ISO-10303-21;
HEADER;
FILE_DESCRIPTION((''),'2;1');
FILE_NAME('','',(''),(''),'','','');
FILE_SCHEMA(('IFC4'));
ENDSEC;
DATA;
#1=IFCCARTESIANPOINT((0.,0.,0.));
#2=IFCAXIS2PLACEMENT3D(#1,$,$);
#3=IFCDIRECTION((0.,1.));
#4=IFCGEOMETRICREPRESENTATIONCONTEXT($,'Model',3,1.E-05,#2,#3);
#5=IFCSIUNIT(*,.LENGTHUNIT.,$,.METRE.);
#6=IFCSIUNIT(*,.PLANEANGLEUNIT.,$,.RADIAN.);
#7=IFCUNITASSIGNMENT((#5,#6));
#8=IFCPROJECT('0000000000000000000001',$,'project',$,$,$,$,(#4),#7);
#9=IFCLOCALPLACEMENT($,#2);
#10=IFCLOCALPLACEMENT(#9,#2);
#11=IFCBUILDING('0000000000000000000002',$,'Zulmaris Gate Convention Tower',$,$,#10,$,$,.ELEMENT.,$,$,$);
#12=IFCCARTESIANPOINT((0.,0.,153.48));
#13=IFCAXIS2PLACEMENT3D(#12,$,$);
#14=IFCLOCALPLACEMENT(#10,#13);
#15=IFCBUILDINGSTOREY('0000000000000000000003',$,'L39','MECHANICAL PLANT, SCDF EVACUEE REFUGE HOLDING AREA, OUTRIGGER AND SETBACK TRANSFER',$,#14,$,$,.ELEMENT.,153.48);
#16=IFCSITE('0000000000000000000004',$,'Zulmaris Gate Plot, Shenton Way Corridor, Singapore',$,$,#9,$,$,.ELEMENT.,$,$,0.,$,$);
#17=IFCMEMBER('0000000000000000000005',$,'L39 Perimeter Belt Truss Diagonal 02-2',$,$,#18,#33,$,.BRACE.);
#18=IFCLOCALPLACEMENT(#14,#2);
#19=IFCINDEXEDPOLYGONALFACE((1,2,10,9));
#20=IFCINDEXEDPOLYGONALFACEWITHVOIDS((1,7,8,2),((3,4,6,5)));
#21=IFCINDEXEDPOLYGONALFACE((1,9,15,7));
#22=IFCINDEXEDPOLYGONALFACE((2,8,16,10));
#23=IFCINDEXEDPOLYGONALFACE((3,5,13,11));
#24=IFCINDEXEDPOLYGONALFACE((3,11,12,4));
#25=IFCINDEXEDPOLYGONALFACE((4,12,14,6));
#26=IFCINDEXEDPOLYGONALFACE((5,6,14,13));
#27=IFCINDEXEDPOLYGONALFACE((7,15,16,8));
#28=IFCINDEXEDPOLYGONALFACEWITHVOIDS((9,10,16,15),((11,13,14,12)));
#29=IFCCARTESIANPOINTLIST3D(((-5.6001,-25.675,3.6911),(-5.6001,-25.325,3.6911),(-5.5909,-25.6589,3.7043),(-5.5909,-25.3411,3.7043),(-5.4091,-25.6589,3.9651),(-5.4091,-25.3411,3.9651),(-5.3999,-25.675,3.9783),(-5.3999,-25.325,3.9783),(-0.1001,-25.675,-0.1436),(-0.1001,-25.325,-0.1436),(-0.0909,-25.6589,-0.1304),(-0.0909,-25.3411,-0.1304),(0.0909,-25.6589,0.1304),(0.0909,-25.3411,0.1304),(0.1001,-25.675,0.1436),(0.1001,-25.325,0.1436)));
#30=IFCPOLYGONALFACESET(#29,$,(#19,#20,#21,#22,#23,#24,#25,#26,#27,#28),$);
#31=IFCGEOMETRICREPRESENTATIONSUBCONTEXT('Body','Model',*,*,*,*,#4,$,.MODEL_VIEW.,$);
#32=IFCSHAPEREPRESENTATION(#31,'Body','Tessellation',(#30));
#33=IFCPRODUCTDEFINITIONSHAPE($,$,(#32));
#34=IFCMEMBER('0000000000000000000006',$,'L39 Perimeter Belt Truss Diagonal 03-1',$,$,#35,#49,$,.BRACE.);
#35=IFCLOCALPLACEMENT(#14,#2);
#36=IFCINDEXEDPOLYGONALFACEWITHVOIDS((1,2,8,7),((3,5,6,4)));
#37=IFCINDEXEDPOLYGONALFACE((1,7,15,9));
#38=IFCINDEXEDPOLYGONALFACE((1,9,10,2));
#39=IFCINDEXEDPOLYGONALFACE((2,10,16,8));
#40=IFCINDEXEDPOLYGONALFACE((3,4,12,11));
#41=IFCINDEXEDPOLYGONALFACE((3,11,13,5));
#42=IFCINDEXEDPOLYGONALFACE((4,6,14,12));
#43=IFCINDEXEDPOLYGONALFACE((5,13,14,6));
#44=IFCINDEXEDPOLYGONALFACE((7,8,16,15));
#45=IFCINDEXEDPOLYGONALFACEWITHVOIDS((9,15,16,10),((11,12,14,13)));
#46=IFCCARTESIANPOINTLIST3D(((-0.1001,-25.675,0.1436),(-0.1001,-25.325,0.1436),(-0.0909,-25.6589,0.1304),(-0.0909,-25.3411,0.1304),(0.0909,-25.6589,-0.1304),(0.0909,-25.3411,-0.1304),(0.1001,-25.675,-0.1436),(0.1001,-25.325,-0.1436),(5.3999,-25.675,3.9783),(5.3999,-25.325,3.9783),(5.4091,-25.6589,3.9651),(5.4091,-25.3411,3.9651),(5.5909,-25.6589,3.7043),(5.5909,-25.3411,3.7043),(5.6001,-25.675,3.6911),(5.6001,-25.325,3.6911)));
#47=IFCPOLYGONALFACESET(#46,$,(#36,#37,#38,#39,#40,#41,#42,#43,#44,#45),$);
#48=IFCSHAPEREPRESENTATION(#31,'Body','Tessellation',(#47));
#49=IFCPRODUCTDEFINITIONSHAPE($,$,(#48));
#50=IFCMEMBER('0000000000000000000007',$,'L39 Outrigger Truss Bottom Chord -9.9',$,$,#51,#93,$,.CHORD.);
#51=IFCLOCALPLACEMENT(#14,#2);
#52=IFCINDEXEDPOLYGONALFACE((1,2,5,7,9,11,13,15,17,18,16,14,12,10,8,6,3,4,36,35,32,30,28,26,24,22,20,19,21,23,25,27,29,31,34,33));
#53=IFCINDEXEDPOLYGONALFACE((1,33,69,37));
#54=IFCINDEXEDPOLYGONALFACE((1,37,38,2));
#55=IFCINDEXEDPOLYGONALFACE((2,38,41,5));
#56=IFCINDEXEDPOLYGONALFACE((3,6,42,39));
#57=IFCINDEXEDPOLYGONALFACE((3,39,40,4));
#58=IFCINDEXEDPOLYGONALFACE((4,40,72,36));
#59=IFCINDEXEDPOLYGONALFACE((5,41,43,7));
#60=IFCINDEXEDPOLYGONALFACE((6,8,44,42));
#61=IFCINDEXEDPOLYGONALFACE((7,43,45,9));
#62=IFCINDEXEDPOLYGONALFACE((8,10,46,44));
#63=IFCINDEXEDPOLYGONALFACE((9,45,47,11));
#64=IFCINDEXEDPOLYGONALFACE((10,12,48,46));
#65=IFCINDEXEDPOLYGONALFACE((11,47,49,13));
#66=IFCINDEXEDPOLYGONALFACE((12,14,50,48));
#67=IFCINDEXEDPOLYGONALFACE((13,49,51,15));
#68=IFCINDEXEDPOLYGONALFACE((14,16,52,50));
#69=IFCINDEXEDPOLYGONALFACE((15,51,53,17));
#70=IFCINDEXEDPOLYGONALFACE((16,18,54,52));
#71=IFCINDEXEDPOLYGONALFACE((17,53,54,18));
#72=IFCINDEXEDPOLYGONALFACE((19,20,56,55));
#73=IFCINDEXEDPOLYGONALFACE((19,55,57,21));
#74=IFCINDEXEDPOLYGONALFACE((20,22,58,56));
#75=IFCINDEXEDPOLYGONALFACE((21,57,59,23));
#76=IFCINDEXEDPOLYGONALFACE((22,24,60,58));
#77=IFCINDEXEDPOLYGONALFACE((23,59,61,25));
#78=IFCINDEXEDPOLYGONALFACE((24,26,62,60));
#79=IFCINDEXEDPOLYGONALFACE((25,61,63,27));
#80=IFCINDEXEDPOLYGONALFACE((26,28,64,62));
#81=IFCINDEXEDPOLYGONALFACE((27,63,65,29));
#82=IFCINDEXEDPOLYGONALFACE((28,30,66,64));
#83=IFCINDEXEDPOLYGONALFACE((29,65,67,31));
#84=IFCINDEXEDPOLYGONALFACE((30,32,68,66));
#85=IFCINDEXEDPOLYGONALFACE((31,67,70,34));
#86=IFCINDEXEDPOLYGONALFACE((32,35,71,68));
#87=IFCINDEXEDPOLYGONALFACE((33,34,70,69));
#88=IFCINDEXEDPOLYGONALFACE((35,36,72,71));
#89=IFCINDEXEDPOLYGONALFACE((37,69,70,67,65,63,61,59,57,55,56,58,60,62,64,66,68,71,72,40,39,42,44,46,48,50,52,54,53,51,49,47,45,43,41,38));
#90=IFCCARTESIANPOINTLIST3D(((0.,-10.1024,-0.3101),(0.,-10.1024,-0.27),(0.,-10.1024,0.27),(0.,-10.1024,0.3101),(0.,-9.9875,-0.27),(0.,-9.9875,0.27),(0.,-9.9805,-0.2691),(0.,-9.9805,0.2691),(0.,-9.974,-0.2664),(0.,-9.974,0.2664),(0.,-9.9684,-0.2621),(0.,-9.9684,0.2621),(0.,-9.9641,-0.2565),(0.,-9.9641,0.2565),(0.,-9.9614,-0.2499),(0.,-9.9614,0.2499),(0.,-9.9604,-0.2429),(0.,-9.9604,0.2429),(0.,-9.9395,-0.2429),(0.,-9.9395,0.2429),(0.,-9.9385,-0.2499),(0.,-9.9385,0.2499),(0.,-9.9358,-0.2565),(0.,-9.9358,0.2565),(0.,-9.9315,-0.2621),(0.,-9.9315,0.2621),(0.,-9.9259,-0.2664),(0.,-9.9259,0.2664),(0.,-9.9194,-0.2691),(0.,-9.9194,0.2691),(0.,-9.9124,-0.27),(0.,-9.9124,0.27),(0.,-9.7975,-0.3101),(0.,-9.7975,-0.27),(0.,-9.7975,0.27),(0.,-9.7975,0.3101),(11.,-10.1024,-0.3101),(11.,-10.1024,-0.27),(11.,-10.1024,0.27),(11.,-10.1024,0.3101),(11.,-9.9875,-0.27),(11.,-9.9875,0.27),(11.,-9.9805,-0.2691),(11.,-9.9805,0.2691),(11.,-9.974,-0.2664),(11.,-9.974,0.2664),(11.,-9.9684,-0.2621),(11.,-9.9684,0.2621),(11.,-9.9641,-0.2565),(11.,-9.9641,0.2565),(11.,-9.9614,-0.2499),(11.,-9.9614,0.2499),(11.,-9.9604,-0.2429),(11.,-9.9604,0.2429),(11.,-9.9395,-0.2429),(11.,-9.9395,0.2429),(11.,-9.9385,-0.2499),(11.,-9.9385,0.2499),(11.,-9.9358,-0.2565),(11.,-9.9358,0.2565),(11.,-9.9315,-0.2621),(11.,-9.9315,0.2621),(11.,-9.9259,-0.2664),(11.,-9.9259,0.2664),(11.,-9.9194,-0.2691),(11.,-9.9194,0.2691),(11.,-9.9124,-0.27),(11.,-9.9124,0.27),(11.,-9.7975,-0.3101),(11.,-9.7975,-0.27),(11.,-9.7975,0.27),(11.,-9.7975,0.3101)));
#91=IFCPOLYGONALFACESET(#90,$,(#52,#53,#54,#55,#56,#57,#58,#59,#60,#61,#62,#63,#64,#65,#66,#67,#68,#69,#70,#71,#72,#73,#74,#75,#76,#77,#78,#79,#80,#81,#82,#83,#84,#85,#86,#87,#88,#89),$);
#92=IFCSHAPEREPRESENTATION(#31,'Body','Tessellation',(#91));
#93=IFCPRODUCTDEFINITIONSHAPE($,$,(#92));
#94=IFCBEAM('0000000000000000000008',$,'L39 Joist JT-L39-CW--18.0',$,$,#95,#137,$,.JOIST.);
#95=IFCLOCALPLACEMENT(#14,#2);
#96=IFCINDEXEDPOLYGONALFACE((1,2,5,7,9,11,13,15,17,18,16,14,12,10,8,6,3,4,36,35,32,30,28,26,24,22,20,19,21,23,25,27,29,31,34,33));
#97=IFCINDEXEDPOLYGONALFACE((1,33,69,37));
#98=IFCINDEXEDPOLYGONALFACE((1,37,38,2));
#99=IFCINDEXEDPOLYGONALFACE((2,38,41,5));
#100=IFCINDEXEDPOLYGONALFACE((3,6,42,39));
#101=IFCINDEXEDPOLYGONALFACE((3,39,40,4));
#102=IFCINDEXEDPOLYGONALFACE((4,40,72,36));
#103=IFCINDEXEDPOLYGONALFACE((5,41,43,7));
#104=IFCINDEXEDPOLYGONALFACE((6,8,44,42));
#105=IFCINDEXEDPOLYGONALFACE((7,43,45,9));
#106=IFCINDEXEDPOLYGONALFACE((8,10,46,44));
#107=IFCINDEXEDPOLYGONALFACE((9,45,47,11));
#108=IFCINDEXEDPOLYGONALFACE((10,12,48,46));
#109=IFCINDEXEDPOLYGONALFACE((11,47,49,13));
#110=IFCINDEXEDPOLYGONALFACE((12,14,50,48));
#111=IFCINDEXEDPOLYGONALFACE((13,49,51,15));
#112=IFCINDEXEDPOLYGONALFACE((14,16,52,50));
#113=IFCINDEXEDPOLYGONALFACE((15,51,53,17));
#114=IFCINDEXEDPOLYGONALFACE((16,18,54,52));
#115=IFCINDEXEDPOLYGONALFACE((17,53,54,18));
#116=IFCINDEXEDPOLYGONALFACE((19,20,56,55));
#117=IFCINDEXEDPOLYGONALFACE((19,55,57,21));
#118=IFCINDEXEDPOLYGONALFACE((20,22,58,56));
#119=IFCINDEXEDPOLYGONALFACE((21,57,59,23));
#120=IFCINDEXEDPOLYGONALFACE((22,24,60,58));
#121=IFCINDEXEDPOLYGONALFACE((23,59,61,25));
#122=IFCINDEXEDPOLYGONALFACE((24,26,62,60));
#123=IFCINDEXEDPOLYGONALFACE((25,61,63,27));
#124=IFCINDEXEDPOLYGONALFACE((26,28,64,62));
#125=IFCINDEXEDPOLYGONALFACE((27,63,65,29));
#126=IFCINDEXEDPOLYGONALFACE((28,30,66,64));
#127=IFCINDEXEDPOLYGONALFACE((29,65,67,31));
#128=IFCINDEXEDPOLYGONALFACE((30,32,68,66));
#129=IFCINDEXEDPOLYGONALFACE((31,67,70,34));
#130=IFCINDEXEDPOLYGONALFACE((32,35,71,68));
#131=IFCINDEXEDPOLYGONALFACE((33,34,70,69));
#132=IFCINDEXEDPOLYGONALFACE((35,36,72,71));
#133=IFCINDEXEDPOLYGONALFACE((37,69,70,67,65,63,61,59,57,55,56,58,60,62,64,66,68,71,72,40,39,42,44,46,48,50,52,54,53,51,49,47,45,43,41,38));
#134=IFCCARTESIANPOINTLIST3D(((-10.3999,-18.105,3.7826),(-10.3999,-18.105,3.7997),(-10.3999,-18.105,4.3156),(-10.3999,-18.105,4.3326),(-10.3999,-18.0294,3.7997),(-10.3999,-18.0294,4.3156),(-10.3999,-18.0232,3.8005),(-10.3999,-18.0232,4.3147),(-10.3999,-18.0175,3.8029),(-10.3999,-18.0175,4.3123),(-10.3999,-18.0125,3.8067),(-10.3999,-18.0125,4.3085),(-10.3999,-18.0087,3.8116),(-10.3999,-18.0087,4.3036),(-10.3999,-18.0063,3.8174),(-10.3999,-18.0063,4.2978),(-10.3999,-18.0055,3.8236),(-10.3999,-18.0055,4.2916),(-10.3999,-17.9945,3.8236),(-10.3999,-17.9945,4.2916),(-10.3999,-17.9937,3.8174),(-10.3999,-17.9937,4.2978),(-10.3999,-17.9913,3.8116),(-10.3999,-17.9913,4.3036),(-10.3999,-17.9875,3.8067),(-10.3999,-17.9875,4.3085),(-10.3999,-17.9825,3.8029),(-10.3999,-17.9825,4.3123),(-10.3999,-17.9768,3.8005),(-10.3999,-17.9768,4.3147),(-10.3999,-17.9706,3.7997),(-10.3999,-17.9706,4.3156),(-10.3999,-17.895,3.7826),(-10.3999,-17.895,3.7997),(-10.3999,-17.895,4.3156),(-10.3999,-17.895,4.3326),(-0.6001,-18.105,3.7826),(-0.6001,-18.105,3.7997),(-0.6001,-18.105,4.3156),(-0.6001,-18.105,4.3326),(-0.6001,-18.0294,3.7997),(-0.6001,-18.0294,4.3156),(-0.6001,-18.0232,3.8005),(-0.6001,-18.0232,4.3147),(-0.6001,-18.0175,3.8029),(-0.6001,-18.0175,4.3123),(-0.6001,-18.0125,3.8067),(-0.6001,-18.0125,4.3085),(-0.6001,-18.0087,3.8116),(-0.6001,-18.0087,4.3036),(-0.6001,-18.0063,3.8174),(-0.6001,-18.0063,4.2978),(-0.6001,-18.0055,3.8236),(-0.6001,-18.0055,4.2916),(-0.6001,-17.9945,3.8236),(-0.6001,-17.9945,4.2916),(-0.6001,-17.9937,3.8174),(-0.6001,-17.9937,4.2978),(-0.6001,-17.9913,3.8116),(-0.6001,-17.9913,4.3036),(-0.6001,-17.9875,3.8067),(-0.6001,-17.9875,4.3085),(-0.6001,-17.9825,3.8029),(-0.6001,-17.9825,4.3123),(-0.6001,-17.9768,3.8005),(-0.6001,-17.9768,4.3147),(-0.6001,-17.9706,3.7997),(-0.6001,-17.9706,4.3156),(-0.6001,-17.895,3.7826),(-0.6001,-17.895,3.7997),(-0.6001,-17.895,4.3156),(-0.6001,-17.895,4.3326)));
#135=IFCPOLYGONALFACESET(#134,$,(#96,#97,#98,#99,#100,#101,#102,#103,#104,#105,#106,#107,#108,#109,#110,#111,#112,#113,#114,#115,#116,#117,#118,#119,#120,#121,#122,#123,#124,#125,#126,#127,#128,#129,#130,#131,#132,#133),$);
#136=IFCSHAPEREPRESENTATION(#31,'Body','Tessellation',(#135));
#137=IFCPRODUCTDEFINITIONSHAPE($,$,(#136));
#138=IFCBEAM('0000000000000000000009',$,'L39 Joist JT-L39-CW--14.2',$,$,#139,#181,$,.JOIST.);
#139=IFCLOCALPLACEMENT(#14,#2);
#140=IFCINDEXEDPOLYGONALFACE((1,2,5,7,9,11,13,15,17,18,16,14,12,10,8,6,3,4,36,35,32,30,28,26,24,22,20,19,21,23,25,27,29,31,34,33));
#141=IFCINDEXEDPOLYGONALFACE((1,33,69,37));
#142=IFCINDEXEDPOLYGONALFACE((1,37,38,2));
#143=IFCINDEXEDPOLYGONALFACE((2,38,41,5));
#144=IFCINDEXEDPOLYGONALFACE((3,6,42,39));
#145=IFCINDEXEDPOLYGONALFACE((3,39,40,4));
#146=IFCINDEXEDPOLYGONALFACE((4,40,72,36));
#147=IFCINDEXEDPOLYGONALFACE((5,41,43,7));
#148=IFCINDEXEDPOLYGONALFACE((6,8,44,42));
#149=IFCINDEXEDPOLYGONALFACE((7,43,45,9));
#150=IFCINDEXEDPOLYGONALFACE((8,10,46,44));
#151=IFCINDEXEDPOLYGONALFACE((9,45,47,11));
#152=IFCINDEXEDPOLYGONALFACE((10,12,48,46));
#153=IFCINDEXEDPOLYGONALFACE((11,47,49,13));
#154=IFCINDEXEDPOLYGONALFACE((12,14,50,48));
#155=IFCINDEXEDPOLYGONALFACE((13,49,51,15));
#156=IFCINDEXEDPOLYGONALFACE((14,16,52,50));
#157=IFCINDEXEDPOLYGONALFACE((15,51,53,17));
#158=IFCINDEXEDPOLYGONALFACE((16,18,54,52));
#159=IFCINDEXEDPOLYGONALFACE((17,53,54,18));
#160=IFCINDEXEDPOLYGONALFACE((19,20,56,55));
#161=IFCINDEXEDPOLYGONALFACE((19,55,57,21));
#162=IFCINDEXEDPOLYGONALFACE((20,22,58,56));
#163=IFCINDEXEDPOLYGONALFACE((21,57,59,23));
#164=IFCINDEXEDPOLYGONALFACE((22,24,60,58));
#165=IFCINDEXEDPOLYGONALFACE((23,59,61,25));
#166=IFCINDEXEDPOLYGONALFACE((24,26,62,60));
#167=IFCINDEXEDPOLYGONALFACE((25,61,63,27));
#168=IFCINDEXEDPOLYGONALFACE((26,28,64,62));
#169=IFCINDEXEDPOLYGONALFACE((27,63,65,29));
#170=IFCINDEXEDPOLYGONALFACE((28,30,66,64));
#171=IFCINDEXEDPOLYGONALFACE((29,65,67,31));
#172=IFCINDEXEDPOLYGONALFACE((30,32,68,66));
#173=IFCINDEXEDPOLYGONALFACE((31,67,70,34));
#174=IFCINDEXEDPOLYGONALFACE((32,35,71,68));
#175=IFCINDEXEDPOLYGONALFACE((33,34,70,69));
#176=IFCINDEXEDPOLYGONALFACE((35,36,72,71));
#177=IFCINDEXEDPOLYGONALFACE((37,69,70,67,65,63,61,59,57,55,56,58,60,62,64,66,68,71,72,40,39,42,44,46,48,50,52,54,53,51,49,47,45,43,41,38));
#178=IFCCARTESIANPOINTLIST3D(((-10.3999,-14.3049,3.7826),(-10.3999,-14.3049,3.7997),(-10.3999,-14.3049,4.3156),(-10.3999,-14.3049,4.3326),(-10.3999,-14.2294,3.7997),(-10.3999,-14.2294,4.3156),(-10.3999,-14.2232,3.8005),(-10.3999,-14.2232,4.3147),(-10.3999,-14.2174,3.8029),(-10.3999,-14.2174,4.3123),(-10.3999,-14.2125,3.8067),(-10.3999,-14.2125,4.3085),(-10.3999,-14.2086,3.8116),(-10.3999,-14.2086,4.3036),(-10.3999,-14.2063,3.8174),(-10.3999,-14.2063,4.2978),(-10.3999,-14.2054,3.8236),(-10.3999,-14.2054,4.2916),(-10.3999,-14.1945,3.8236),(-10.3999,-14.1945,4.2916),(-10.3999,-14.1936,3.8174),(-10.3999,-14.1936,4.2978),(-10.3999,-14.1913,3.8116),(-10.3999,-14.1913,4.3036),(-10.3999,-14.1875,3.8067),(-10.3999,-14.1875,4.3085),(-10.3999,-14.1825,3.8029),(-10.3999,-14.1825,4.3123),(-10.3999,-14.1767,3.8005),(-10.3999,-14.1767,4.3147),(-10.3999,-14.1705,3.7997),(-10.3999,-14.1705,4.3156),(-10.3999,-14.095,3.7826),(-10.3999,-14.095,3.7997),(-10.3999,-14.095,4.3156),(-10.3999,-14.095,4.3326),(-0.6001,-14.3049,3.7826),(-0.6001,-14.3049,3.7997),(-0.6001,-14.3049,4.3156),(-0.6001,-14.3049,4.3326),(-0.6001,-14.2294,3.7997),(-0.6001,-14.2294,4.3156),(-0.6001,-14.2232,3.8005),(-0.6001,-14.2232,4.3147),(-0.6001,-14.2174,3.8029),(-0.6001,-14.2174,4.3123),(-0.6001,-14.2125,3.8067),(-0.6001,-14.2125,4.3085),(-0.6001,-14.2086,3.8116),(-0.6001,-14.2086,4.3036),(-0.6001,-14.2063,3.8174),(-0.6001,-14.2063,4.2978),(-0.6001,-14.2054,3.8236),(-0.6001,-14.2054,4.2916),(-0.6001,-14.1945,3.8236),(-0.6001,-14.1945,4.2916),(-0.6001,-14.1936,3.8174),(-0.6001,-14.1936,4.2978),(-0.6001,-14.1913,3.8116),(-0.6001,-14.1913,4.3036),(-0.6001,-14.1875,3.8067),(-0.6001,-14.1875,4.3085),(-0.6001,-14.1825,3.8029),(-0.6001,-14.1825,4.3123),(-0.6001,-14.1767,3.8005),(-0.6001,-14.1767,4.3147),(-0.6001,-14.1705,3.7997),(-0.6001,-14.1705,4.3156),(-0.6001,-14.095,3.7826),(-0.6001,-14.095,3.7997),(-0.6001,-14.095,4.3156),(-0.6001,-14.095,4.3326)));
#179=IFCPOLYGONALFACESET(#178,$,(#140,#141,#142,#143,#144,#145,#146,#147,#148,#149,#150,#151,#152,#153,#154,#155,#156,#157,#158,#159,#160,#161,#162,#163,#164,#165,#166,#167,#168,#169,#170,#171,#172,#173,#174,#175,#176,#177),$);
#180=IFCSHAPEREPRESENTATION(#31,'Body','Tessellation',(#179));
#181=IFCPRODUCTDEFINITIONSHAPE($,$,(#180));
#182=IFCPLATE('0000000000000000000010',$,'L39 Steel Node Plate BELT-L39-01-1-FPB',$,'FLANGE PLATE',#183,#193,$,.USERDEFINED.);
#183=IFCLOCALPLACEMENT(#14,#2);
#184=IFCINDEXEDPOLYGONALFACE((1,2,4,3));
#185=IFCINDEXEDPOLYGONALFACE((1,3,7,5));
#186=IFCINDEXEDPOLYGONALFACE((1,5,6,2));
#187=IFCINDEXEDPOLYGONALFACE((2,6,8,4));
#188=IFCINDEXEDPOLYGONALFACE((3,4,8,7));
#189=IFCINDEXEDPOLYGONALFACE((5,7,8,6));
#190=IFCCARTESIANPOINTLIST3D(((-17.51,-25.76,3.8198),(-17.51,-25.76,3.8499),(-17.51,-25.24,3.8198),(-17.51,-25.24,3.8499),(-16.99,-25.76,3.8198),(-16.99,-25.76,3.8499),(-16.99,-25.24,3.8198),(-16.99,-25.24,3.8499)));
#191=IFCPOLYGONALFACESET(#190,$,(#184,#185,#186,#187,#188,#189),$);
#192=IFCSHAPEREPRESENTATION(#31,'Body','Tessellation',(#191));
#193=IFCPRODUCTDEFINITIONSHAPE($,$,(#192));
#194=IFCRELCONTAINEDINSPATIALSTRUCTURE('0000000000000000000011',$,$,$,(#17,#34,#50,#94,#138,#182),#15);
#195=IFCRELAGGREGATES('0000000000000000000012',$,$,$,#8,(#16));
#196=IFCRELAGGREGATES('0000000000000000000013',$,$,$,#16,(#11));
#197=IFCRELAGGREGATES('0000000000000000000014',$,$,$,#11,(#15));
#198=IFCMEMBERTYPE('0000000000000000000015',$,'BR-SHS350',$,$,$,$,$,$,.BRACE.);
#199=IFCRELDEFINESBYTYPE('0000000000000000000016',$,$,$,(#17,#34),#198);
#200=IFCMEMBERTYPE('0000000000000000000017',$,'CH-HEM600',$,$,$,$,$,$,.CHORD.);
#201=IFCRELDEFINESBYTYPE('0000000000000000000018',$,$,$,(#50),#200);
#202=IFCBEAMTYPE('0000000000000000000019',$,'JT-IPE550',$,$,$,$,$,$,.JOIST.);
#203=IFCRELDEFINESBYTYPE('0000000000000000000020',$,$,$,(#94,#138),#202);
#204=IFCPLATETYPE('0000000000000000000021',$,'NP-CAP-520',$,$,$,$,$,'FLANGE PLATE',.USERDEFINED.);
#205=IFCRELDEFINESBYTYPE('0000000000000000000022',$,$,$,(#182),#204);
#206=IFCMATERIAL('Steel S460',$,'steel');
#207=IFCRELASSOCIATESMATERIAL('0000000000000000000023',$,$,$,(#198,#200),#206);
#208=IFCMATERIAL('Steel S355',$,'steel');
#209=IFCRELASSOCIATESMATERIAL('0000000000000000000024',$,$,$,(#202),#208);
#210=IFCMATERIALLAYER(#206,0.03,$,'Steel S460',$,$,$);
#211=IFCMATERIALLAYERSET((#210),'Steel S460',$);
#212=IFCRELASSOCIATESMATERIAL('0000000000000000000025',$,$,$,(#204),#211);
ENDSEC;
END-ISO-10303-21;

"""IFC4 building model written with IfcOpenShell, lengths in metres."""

from ifc_helpers import new_model, si_unit, direction, frame, origin, origin_2d, place, context, subcontext, project, spatial, rectangle, hollow_rectangle, i_section, extrude, material, layer, layer_set, material_profile, profile_set, type_object, element, save


model = new_model("IFC4")

# Units and contexts
model_context = context("Model", 3, precision=1e-05, world=origin(), true_north=direction((0.0, 1.0)))
body_context = subcontext(model_context, "Body", "Model", "MODEL_VIEW")
ifc_project = project(units=[si_unit("LENGTHUNIT", "METRE"), si_unit("PLANEANGLEUNIT", "RADIAN")], contexts=[model_context])

# Site, building, storey
site_placement = place(None, origin())
site = spatial("IfcSite", under=ifc_project, at=site_placement, Name="Zulmaris Gate Plot, Shenton Way Corridor, Singapore", CompositionType="ELEMENT", RefElevation=0.0)
building_placement = place(site_placement, origin())
building = spatial("IfcBuilding", under=site, at=building_placement, Name="Zulmaris Gate Convention Tower", CompositionType="ELEMENT")
storey_placement = place(building_placement, frame((0.0, 0.0, 153.48)))
storey = spatial("IfcBuildingStorey", under=building, at=storey_placement, Name="L39", Description="MECHANICAL PLANT, SCDF EVACUEE REFUGE HOLDING AREA, OUTRIGGER AND SETBACK TRANSFER", CompositionType="ELEMENT", Elevation=153.48)

# Shared definitions
ifc_material_1 = material(Name="Steel S460", Category="steel")

# Members
ifc_material_profile_1 = material_profile(ifc_material_1, hollow_rectangle(XDim=0.3501, YDim=0.3501, WallThickness=0.0161, at=origin_2d()), Name="SHS 350x350x16")
ifc_profile_set_1 = profile_set([ifc_material_profile_1], Name="Steel S460")
member_type_1 = type_object("IfcMemberType", Name="BR-SHS350", PredefinedType="BRACE", material=ifc_profile_set_1)
for number, where, z_axis, x_axis, name in (
    (1, (-5.5, -25.5, 3.8347), (0.820301, 0.0, -0.571932), (0.0, 1.0, 0.0), "L39 Perimeter Belt Truss Diagonal 02-2"),
    (2, (0.0, -25.5, 0.0), (0.820301, 0.0, 0.571932), (0.0, 1.0, 0.0), "L39 Perimeter Belt Truss Diagonal 03-1"),
):
    element("IfcMember", number, at=place(storey_placement, frame(where, z_axis=z_axis, x_axis=x_axis)), inside=storey, type_object=member_type_1, Name=name, PredefinedType="BRACE", context=body_context, shape_type="SweptSolid", body=[
        extrude(hollow_rectangle(XDim=0.3501, YDim=0.3501, WallThickness=0.0161, at=origin_2d()), origin(), (0.0, 0.0, 1.0), 6.7048),
    ])
ifc_material_profile_2 = material_profile(ifc_material_1, i_section(OverallWidth=0.3049, OverallDepth=0.6201, WebThickness=0.021, FlangeThickness=0.04, FilletRadius=0.0271, at=origin_2d()), Name="HEM 600")
ifc_profile_set_2 = profile_set([ifc_material_profile_2], Name="Steel S460")
member_type_2 = type_object("IfcMemberType", Name="CH-HEM600", PredefinedType="CHORD", material=ifc_profile_set_2)
member_1_placement = place(storey_placement, frame((0.0, -9.95, 0.0), z_axis=(1.0, 0.0, 0.0), x_axis=(0.0, 1.0, 0.0)))
element("IfcMember", 3, at=member_1_placement, inside=storey, type_object=member_type_2, Name="L39 Outrigger Truss Bottom Chord -9.9", PredefinedType="CHORD", context=body_context, shape_type="SweptSolid", body=[
    extrude(i_section(OverallWidth=0.3049, OverallDepth=0.6201, WebThickness=0.021, FlangeThickness=0.04, FilletRadius=0.0271, at=origin_2d()), origin(), (0.0, 0.0, 1.0), 11.0),
])

# Beams
ifc_material_2 = material(Name="Steel S355", Category="steel")
ifc_material_profile_3 = material_profile(ifc_material_2, i_section(OverallWidth=0.21, OverallDepth=0.55, WebThickness=0.011, FlangeThickness=0.0171, FilletRadius=0.0239, at=origin_2d()), Name="IPE 550")
ifc_profile_set_3 = profile_set([ifc_material_profile_3], Name="Steel S355")
beam_type_1 = type_object("IfcBeamType", Name="JT-IPE550", PredefinedType="JOIST", material=ifc_profile_set_3)
for number, where, z_axis, x_axis, name in (
    (4, (-10.3999, -18.0, 4.0576), (1.0, 0.0, 0.0), (0.0, 1.0, 0.0), "L39 Joist JT-L39-CW--18.0"),
    (5, (-10.3999, -14.2, 4.0576), (1.0, 0.0, 0.0), (0.0, 1.0, 0.0), "L39 Joist JT-L39-CW--14.2"),
):
    element("IfcBeam", number, at=place(storey_placement, frame(where, z_axis=z_axis, x_axis=x_axis)), inside=storey, type_object=beam_type_1, Name=name, PredefinedType="JOIST", context=body_context, shape_type="SweptSolid", body=[
        extrude(i_section(OverallWidth=0.21, OverallDepth=0.55, WebThickness=0.011, FlangeThickness=0.0171, FilletRadius=0.0239, at=origin_2d()), origin(), (0.0, 0.0, 1.0), 9.7998),
    ])

# Plate
ifc_layer_1 = layer(ifc_material_1, 0.03, Name="Steel S460")
ifc_layer_set_1 = layer_set([ifc_layer_1], Name="Steel S460")
plate_type = type_object("IfcPlateType", Name="NP-CAP-520", ElementType="FLANGE PLATE", PredefinedType="USERDEFINED", material=ifc_layer_set_1)
for number, where, z_axis, x_axis, name in (
    (6, (-17.25, -25.5, 3.8198), (0.0, 0.0, 1.0), (1.0, 0.0, 0.0), "L39 Steel Node Plate BELT-L39-01-1-FPB"),
):
    element("IfcPlate", number, at=place(storey_placement, frame(where, z_axis=z_axis, x_axis=x_axis)), inside=storey, type_object=plate_type, Name=name, ObjectType="FLANGE PLATE", PredefinedType="USERDEFINED", context=body_context, shape_type="SweptSolid", body=[
        extrude(rectangle(XDim=0.52, YDim=0.52, at=origin_2d()), origin(), (0.0, 0.0, 1.0), 0.03),
    ])

save(model, "model.ifc")
